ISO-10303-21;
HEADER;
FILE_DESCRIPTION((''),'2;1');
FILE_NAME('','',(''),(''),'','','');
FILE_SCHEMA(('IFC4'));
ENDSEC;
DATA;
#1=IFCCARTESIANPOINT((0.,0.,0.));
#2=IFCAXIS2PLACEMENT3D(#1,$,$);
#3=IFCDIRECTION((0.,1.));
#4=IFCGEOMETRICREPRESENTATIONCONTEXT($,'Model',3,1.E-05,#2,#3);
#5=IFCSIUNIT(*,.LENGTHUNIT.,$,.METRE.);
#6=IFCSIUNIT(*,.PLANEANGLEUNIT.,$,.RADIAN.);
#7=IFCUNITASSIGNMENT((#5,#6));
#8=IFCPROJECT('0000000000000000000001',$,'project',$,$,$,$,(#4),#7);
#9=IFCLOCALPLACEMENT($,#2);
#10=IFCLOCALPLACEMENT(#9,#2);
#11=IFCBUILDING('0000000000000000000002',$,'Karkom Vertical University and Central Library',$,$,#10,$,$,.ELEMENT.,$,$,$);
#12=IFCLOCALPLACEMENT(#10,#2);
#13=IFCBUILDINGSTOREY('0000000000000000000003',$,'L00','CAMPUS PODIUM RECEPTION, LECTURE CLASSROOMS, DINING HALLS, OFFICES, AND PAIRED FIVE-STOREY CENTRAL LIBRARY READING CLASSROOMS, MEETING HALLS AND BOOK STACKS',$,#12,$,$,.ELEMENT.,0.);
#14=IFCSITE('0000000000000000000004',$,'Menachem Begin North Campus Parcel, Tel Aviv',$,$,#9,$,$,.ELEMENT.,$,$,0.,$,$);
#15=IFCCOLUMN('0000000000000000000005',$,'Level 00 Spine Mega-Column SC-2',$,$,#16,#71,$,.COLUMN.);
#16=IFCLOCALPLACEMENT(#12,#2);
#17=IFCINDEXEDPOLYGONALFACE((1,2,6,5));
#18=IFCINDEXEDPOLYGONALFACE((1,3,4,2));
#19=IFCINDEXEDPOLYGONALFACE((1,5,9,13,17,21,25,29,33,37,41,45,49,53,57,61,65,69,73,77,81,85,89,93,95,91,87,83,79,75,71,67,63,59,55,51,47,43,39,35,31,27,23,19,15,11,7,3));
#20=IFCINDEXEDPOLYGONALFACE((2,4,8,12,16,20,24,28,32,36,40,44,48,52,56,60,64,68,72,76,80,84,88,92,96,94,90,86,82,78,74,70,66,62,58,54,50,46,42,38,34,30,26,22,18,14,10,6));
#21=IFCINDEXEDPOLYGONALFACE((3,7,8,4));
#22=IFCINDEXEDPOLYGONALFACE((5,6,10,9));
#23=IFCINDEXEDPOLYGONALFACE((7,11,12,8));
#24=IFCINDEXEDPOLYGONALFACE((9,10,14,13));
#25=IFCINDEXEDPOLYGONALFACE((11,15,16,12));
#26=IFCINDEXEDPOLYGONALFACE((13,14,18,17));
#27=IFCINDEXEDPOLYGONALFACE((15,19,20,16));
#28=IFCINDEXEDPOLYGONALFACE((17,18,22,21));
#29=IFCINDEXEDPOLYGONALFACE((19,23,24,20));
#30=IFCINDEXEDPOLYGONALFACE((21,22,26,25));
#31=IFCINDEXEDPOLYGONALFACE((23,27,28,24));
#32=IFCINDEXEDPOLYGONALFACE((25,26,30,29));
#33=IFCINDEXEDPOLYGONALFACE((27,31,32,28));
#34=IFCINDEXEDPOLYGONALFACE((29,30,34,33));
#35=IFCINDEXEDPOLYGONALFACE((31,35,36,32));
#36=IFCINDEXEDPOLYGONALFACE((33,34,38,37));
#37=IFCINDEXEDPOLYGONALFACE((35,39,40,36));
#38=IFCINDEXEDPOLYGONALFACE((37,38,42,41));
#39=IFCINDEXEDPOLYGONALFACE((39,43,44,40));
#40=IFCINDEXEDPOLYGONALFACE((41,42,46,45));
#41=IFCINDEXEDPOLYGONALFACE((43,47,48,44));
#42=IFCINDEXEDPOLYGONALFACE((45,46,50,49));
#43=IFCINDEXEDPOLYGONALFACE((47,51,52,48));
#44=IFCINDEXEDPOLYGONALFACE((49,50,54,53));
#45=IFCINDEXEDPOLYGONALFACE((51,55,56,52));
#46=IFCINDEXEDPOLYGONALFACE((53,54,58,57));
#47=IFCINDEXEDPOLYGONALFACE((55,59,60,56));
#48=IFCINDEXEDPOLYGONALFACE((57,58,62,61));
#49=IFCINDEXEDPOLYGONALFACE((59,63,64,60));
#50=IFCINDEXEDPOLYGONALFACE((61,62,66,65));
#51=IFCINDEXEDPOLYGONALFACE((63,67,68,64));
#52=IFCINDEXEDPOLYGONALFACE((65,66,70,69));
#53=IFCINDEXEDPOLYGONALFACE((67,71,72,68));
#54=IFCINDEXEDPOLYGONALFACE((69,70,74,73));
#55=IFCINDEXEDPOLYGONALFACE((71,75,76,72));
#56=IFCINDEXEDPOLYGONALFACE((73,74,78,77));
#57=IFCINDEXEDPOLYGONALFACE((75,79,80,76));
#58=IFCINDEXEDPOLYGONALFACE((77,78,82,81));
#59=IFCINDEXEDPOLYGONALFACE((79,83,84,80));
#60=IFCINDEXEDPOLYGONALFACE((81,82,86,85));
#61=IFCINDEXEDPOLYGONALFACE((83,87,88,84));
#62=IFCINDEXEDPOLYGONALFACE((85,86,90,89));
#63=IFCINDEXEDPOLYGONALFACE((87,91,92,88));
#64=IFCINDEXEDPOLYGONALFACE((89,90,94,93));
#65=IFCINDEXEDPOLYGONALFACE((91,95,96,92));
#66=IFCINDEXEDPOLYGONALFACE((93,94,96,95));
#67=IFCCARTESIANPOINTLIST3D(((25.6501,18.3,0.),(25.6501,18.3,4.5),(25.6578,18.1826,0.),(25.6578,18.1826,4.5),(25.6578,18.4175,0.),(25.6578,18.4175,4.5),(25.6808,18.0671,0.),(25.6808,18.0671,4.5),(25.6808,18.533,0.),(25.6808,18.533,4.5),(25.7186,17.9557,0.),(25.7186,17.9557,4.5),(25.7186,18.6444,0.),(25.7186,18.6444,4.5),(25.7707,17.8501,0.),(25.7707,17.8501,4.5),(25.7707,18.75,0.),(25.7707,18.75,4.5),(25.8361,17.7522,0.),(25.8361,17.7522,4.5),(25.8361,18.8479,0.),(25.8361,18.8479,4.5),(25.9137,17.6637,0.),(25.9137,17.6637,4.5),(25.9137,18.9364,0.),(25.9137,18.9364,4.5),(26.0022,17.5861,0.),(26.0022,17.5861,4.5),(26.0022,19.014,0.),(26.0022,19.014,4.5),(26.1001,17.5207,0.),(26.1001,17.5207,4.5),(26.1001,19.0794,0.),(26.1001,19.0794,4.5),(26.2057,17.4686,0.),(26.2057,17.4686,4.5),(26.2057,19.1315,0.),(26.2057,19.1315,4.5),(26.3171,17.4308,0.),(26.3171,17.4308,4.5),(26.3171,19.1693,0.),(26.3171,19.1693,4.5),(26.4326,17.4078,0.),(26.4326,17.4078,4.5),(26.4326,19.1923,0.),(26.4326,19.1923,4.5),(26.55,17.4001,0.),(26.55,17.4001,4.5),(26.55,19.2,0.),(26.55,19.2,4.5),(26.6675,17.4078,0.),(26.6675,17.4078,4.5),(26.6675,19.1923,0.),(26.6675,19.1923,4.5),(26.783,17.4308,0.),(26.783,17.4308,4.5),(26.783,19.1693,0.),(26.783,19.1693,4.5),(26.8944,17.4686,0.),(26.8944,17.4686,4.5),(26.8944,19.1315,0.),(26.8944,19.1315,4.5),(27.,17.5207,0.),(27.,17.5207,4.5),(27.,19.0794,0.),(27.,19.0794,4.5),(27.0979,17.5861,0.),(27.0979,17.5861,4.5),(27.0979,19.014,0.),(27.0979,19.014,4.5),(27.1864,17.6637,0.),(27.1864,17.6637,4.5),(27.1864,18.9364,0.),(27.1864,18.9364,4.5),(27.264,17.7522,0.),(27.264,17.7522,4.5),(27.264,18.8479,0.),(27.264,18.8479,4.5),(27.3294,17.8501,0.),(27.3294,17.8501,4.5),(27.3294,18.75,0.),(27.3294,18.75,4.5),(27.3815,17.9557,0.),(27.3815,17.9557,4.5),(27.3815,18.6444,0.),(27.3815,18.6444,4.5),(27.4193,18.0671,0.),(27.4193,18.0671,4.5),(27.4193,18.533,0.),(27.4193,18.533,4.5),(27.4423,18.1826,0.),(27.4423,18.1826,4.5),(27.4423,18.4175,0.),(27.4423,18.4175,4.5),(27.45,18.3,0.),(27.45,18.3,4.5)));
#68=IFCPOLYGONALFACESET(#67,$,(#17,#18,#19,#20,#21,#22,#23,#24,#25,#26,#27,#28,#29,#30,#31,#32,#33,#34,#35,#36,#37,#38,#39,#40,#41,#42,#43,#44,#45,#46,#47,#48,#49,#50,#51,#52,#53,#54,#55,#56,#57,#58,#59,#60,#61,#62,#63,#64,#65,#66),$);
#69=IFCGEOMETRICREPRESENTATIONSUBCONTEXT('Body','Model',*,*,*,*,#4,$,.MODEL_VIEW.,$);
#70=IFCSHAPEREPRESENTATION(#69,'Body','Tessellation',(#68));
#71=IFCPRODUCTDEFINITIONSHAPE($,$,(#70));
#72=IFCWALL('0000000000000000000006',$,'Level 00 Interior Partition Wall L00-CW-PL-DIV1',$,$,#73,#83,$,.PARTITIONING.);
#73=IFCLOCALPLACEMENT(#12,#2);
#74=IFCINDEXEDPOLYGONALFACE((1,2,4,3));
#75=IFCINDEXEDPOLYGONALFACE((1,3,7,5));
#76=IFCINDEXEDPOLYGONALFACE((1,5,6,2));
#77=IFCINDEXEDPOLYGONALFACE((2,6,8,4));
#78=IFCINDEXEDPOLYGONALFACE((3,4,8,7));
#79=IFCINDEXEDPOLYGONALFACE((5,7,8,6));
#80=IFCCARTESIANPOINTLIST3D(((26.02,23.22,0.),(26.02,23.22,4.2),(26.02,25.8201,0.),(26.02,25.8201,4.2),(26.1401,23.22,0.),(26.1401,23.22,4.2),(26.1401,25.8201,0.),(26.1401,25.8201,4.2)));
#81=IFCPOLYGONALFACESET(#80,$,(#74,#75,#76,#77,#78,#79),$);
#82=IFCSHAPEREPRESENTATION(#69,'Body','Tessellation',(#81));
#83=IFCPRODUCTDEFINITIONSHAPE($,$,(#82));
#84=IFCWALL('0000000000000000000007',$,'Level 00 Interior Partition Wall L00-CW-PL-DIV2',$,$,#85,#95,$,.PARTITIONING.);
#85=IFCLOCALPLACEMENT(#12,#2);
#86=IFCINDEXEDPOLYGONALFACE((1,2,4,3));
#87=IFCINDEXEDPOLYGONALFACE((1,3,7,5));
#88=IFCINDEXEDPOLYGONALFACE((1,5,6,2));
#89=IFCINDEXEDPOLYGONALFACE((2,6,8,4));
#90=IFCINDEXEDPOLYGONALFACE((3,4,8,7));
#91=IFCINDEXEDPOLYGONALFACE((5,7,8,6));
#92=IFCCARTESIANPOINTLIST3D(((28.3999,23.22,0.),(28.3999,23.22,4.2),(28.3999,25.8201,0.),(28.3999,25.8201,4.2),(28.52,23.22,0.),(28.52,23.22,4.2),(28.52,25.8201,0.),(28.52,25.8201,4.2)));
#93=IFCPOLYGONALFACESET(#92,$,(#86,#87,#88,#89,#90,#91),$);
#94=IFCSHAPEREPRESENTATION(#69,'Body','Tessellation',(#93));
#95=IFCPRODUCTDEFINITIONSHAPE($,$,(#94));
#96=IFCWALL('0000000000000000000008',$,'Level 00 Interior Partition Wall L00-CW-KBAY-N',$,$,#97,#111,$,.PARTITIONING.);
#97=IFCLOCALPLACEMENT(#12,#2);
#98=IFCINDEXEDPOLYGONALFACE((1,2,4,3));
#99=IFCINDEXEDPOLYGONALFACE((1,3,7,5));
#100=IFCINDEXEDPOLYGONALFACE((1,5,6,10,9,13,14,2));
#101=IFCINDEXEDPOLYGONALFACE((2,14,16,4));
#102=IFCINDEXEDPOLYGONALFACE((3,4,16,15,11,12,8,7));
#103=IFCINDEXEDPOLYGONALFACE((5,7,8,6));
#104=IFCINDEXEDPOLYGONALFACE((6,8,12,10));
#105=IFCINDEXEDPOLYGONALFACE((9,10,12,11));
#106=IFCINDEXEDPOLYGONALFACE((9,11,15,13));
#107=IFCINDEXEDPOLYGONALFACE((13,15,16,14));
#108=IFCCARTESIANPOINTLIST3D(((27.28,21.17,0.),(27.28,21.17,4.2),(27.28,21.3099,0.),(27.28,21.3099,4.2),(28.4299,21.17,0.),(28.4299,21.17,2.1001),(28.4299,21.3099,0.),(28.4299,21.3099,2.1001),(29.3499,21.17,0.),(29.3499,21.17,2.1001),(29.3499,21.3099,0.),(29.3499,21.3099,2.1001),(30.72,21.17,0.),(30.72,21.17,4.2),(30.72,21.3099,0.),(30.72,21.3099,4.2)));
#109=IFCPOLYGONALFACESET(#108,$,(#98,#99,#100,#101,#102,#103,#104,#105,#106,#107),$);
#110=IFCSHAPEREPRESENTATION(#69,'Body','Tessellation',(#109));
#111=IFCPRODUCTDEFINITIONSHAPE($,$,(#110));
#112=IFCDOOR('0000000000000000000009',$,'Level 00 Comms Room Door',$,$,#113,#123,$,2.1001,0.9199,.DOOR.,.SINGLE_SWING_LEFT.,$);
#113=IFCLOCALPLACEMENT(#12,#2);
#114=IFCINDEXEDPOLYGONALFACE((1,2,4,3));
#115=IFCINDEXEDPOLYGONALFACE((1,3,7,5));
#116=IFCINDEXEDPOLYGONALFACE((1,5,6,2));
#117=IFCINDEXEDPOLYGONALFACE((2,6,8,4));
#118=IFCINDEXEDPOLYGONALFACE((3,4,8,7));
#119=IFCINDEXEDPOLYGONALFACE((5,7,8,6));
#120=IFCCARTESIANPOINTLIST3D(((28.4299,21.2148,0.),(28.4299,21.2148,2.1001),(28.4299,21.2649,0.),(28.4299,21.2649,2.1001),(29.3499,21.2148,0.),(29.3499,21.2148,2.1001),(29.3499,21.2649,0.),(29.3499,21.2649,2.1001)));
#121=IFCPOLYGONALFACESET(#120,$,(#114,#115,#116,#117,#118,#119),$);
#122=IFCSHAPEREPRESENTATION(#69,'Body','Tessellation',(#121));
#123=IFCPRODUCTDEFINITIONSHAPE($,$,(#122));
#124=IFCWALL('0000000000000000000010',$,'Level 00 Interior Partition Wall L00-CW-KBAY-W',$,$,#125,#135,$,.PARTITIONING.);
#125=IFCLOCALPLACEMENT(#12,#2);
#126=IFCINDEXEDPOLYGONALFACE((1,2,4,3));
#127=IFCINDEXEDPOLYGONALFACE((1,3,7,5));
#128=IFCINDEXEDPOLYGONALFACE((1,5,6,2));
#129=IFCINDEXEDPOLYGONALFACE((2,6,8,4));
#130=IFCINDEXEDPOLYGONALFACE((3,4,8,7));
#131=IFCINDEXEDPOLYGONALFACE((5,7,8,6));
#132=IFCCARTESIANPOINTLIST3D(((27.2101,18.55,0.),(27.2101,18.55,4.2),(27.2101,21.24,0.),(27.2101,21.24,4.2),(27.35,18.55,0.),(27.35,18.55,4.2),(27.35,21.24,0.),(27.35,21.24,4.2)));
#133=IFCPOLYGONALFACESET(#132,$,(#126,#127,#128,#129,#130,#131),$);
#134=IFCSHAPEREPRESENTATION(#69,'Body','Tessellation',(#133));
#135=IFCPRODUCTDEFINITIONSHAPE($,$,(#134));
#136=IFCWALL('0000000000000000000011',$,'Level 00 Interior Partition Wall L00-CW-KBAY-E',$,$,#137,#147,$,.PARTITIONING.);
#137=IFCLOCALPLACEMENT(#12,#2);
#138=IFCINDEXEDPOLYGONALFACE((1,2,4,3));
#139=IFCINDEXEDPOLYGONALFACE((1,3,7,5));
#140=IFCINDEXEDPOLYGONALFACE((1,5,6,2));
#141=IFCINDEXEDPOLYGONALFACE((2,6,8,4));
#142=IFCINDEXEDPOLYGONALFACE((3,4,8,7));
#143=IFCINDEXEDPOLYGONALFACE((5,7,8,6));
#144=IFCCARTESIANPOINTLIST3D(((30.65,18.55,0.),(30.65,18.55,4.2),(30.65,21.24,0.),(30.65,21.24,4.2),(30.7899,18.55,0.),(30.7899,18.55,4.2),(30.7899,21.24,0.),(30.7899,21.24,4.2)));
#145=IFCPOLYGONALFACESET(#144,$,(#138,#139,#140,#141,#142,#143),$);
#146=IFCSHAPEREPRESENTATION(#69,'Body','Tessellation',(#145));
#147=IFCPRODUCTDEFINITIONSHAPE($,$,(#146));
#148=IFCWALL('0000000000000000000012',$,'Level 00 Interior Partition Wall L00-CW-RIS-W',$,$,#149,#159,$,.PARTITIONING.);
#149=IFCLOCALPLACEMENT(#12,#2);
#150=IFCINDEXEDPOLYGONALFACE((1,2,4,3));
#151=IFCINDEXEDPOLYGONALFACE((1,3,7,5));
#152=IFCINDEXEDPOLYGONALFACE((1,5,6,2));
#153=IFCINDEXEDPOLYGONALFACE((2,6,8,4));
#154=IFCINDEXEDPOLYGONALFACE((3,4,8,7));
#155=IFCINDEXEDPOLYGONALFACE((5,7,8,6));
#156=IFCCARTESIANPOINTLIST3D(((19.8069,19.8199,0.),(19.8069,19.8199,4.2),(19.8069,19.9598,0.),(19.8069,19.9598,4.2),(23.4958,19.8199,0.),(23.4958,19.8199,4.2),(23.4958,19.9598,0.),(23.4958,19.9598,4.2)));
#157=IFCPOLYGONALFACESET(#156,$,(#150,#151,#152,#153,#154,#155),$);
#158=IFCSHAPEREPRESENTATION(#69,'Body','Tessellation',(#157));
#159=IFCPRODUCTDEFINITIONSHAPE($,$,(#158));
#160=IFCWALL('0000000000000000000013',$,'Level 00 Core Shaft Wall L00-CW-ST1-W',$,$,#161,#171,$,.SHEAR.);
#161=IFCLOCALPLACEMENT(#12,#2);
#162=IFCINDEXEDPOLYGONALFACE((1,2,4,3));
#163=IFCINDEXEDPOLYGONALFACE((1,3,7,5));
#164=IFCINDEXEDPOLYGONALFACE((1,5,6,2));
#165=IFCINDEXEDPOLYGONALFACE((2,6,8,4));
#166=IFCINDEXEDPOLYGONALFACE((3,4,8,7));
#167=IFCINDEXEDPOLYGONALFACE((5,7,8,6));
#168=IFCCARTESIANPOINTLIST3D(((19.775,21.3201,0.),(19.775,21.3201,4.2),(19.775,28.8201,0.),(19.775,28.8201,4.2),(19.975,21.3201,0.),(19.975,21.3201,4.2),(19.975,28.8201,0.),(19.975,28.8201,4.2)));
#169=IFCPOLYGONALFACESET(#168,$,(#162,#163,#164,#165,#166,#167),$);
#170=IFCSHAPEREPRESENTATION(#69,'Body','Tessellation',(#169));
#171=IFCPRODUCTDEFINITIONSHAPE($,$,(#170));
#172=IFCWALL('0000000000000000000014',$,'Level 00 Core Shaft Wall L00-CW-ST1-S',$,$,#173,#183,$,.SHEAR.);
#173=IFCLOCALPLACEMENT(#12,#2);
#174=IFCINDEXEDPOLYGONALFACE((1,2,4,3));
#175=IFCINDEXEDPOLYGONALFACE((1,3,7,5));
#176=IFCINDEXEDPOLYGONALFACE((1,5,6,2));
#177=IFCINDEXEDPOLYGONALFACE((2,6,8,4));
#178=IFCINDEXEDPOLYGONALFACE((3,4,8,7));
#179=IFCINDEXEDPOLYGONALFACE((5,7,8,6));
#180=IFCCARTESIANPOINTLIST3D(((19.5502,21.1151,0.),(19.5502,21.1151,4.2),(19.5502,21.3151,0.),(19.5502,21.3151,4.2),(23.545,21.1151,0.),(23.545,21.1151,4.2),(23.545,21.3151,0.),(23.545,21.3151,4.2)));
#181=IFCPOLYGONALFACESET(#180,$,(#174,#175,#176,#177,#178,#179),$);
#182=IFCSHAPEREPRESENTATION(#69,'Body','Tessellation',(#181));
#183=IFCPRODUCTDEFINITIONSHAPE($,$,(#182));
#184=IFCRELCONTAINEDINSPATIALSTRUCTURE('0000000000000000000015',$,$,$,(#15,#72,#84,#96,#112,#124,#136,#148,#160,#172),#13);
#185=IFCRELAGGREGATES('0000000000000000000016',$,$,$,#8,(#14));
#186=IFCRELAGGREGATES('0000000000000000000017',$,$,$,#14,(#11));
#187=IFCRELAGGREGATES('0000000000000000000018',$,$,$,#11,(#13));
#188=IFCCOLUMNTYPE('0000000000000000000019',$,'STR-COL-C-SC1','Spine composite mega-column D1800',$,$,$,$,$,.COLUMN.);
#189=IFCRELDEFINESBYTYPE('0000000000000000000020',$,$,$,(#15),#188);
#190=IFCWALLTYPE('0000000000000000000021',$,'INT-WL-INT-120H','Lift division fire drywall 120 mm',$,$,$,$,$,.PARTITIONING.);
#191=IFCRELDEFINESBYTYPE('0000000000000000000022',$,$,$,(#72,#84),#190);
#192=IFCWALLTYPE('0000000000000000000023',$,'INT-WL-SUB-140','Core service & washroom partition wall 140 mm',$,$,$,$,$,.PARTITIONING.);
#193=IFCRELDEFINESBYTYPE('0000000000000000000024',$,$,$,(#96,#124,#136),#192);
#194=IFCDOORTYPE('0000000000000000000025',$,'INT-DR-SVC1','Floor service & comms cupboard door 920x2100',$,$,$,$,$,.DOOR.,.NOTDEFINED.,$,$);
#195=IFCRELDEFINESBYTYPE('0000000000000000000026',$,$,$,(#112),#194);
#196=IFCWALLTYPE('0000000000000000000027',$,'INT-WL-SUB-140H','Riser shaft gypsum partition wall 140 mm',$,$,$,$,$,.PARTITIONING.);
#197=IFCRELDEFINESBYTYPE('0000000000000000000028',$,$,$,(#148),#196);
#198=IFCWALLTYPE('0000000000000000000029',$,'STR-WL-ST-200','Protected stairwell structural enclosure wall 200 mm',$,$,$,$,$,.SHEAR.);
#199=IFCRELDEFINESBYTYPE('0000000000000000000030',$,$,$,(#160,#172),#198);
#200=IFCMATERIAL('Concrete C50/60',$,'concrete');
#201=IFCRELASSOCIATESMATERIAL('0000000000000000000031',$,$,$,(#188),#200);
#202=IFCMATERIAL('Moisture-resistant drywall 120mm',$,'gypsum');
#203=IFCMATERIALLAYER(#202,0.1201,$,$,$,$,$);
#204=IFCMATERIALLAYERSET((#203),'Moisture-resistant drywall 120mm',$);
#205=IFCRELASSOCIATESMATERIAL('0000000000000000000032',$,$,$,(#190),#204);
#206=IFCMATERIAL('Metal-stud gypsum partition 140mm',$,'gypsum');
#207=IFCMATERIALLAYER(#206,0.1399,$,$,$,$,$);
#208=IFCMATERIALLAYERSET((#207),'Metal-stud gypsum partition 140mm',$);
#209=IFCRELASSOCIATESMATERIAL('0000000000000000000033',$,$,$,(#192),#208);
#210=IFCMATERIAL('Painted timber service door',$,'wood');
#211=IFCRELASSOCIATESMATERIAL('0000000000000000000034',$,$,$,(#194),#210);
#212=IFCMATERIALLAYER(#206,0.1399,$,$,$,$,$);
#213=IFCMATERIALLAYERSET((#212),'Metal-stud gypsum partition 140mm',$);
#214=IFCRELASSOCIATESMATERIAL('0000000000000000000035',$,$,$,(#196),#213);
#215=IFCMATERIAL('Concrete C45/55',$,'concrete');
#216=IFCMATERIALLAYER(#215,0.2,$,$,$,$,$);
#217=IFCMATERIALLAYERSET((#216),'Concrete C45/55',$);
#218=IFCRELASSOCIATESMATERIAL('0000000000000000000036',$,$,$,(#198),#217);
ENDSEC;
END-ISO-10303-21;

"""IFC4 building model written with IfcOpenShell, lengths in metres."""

from ifc_helpers import new_model, si_unit, direction, frame, frame_2d, origin, origin_with_axes, origin_2d, place, context, subcontext, project, spatial, rectangle, circle, extrude, source, transform, mapped, material, layer, layer_set, material_profile, profile_set, type_object, element, fill, save


model = new_model("IFC4")

# Units and contexts
model_context = context("Model", 3, precision=1e-05, world=origin(), true_north=direction((0.0, 1.0)))
body_context = subcontext(model_context, "Body", "Model", "MODEL_VIEW")
ifc_project = project(units=[si_unit("LENGTHUNIT", "METRE"), si_unit("PLANEANGLEUNIT", "RADIAN")], contexts=[model_context])

# Site, building, storey
site_placement = place(None, origin())
site = spatial("IfcSite", under=ifc_project, at=site_placement, Name="Menachem Begin North Campus Parcel, Tel Aviv", CompositionType="ELEMENT", RefElevation=0.0)
building_placement = place(site_placement, origin())
building = spatial("IfcBuilding", under=site, at=building_placement, Name="Karkom Vertical University and Central Library", CompositionType="ELEMENT")
storey_placement = place(building_placement, origin())
storey = spatial("IfcBuildingStorey", under=building, at=storey_placement, Name="L00", Description="CAMPUS PODIUM RECEPTION, LECTURE CLASSROOMS, DINING HALLS, OFFICES, AND PAIRED FIVE-STOREY CENTRAL LIBRARY READING CLASSROOMS, MEETING HALLS AND BOOK STACKS", CompositionType="ELEMENT", Elevation=0.0)

# Column
ifc_material_1 = material(Name="Concrete C50/60", Category="concrete")
ifc_material_profile = material_profile(ifc_material_1, circle(Radius=0.8999, at=origin_2d()), Name="CFT-D1800")
ifc_profile_set = profile_set([ifc_material_profile], Name="Concrete C50/60")
column_type = type_object("IfcColumnType", Name="STR-COL-C-SC1", Description="Spine composite mega-column D1800", PredefinedType="COLUMN", material=ifc_profile_set)
shared_shape_1 = source(origin_with_axes(), body_context, "Body", "SweptSolid", [
    extrude(circle(Radius=0.8999, at=origin_2d()), origin(), (0.0, 0.0, 1.0), 4.5),
])
column_placement = place(storey_placement, frame((26.55, 18.3, 0.0), z_axis=(0.0, 0.0, 1.0), x_axis=(1.0, 0.0, 0.0)))
element("IfcColumn", 1, at=column_placement, inside=storey, type_object=column_type, Name="Level 00 Spine Mega-Column SC-2", PredefinedType="COLUMN", context=body_context, shape_type="MappedRepresentation", body=[
    mapped(shared_shape_1, transform((0.0, 0.0, 0.0), scale=1.0)),
])

# Walls
ifc_material_2 = material(Name="Moisture-resistant drywall 120mm", Category="gypsum")
ifc_layer_1 = layer(ifc_material_2, 0.1201)
ifc_layer_set_1 = layer_set([ifc_layer_1], Name="Moisture-resistant drywall 120mm")
wall_type_1 = type_object("IfcWallType", Name="INT-WL-INT-120H", Description="Lift division fire drywall 120 mm", PredefinedType="PARTITIONING", material=ifc_layer_set_1)
for number, where, z_axis, x_axis, name in (
    (2, (26.0801, 23.22, 0.0), (0.0, 0.0, 1.0), (0.0, 1.0, 0.0), "Level 00 Interior Partition Wall L00-CW-PL-DIV1"),
    (3, (28.46, 23.22, 0.0), (0.0, 0.0, 1.0), (0.0, 1.0, 0.0), "Level 00 Interior Partition Wall L00-CW-PL-DIV2"),
):
    element("IfcWall", number, at=place(storey_placement, frame(where, z_axis=z_axis, x_axis=x_axis)), inside=storey, type_object=wall_type_1, Name=name, PredefinedType="PARTITIONING", context=body_context, shape_type="SweptSolid", body=[
        extrude(rectangle(XDim=2.6001, YDim=0.1201, at=frame_2d((1.3, 0.0))), origin(), (0.0, 0.0, 1.0), 4.2),
    ])

# Wall, opening, door
ifc_material_3 = material(Name="Metal-stud gypsum partition 140mm", Category="gypsum")
ifc_layer_2 = layer(ifc_material_3, 0.1399)
ifc_layer_set_2 = layer_set([ifc_layer_2], Name="Metal-stud gypsum partition 140mm")
wall_type_2 = type_object("IfcWallType", Name="INT-WL-SUB-140", Description="Core service & washroom partition wall 140 mm", PredefinedType="PARTITIONING", material=ifc_layer_set_2)
wall_1_placement = place(storey_placement, frame((27.28, 21.24, 0.0), z_axis=(0.0, 0.0, 1.0), x_axis=(1.0, 0.0, 0.0)))
wall_1 = element("IfcWall", 4, at=wall_1_placement, inside=storey, type_object=wall_type_2, Name="Level 00 Interior Partition Wall L00-CW-KBAY-N", PredefinedType="PARTITIONING", context=body_context, shape_type="SweptSolid", body=[
    extrude(rectangle(XDim=3.4399, YDim=0.1399, at=frame_2d((1.72, 0.0))), origin(), (0.0, 0.0, 1.0), 4.2),
])
opening_1_placement = place(wall_1_placement, frame((1.1499, 0.0, 0.0)))
opening_1 = element("IfcOpeningElement", 5, at=opening_1_placement, cuts=wall_1, PredefinedType="OPENING", context=body_context, shape_type="SweptSolid", body=[
    extrude(rectangle(XDim=0.9199, YDim=2.1001, at=frame_2d((0.46, 1.05))), frame((0.0, 0.0801, 0.0), z_axis=(0.0, -1.0, 0.0), x_axis=(1.0, 0.0, 0.0)), (0.0, 0.0, 1.0), 0.1599),
])
ifc_material_4 = material(Name="Painted timber service door", Category="wood")
door_type_1 = type_object("IfcDoorType", Name="INT-DR-SVC1", Description="Floor service & comms cupboard door 920x2100", OperationType="NOTDEFINED", PredefinedType="DOOR", material=ifc_material_4)
shared_shape_2 = source(origin_with_axes(), body_context, "Body", "SweptSolid", [
    extrude(rectangle(XDim=0.9199, YDim=2.1001, at=frame_2d((0.46, 1.05))), frame((0.0, 0.0249, 0.0), z_axis=(0.0, -1.0, 0.0), x_axis=(1.0, 0.0, 0.0)), (0.0, 0.0, 1.0), 0.05),
])
door_1_placement = place(opening_1_placement, origin())
door_1 = element("IfcDoor", 6, at=door_1_placement, inside=storey, type_object=door_type_1, Name="Level 00 Comms Room Door", OperationType="SINGLE_SWING_LEFT", OverallHeight=2.1001, OverallWidth=0.9199, PredefinedType="DOOR", context=body_context, shape_type="MappedRepresentation", body=[
    mapped(shared_shape_2, transform((0.0, 0.0, 0.0), scale=1.0)),
])
fill(opening_1, door_1)

# Walls
for number, where, z_axis, x_axis, name in (
    (7, (27.28, 18.55, 0.0), (0.0, 0.0, 1.0), (0.0, 1.0, 0.0), "Level 00 Interior Partition Wall L00-CW-KBAY-W"),
    (8, (30.72, 18.55, 0.0), (0.0, 0.0, 1.0), (0.0, 1.0, 0.0), "Level 00 Interior Partition Wall L00-CW-KBAY-E"),
):
    element("IfcWall", number, at=place(storey_placement, frame(where, z_axis=z_axis, x_axis=x_axis)), inside=storey, type_object=wall_type_2, Name=name, PredefinedType="PARTITIONING", context=body_context, shape_type="SweptSolid", body=[
        extrude(rectangle(XDim=2.6899, YDim=0.1399, at=frame_2d((1.345, 0.0))), origin(), (0.0, 0.0, 1.0), 4.2),
    ])
ifc_layer_3 = layer(ifc_material_3, 0.1399)
ifc_layer_set_3 = layer_set([ifc_layer_3], Name="Metal-stud gypsum partition 140mm")
wall_type_3 = type_object("IfcWallType", Name="INT-WL-SUB-140H", Description="Riser shaft gypsum partition wall 140 mm", PredefinedType="PARTITIONING", material=ifc_layer_set_3)
wall_2_placement = place(storey_placement, frame((19.8069, 19.8899, 0.0), z_axis=(0.0, 0.0, 1.0), x_axis=(1.0, 0.0, 0.0)))
element("IfcWall", 9, at=wall_2_placement, inside=storey, type_object=wall_type_3, Name="Level 00 Interior Partition Wall L00-CW-RIS-W", PredefinedType="PARTITIONING", context=body_context, shape_type="SweptSolid", body=[
    extrude(rectangle(XDim=3.689, YDim=0.1399, at=frame_2d((1.8445, 0.0))), origin(), (0.0, 0.0, 1.0), 4.2),
])

# Shared definitions
ifc_material_5 = material(Name="Concrete C45/55", Category="concrete")
ifc_layer_4 = layer(ifc_material_5, 0.2)
ifc_layer_set_4 = layer_set([ifc_layer_4], Name="Concrete C45/55")
wall_type_4 = type_object("IfcWallType", Name="STR-WL-ST-200", Description="Protected stairwell structural enclosure wall 200 mm", PredefinedType="SHEAR", material=ifc_layer_set_4)

# Walls
wall_3_placement = place(storey_placement, frame((19.875, 21.3201, 0.0), z_axis=(0.0, 0.0, 1.0), x_axis=(0.0, 1.0, 0.0)))
element("IfcWall", 10, at=wall_3_placement, inside=storey, type_object=wall_type_4, Name="Level 00 Core Shaft Wall L00-CW-ST1-W", PredefinedType="SHEAR", context=body_context, shape_type="SweptSolid", body=[
    extrude(rectangle(XDim=7.5, YDim=0.2, at=frame_2d((3.75, 0.0))), origin(), (0.0, 0.0, 1.0), 4.2),
])
wall_4_placement = place(storey_placement, frame((19.55, 21.2151, 0.0), z_axis=(0.0, 0.0, 1.0), x_axis=(1.0, 0.0, 0.0)))
element("IfcWall", 11, at=wall_4_placement, inside=storey, type_object=wall_type_4, Name="Level 00 Core Shaft Wall L00-CW-ST1-S", PredefinedType="SHEAR", context=body_context, shape_type="SweptSolid", body=[
    extrude(rectangle(XDim=3.9949, YDim=0.2, at=frame_2d((1.9976, 0.0))), origin(), (0.0, 0.0, 1.0), 4.2),
])

save(model, "model.ifc")
